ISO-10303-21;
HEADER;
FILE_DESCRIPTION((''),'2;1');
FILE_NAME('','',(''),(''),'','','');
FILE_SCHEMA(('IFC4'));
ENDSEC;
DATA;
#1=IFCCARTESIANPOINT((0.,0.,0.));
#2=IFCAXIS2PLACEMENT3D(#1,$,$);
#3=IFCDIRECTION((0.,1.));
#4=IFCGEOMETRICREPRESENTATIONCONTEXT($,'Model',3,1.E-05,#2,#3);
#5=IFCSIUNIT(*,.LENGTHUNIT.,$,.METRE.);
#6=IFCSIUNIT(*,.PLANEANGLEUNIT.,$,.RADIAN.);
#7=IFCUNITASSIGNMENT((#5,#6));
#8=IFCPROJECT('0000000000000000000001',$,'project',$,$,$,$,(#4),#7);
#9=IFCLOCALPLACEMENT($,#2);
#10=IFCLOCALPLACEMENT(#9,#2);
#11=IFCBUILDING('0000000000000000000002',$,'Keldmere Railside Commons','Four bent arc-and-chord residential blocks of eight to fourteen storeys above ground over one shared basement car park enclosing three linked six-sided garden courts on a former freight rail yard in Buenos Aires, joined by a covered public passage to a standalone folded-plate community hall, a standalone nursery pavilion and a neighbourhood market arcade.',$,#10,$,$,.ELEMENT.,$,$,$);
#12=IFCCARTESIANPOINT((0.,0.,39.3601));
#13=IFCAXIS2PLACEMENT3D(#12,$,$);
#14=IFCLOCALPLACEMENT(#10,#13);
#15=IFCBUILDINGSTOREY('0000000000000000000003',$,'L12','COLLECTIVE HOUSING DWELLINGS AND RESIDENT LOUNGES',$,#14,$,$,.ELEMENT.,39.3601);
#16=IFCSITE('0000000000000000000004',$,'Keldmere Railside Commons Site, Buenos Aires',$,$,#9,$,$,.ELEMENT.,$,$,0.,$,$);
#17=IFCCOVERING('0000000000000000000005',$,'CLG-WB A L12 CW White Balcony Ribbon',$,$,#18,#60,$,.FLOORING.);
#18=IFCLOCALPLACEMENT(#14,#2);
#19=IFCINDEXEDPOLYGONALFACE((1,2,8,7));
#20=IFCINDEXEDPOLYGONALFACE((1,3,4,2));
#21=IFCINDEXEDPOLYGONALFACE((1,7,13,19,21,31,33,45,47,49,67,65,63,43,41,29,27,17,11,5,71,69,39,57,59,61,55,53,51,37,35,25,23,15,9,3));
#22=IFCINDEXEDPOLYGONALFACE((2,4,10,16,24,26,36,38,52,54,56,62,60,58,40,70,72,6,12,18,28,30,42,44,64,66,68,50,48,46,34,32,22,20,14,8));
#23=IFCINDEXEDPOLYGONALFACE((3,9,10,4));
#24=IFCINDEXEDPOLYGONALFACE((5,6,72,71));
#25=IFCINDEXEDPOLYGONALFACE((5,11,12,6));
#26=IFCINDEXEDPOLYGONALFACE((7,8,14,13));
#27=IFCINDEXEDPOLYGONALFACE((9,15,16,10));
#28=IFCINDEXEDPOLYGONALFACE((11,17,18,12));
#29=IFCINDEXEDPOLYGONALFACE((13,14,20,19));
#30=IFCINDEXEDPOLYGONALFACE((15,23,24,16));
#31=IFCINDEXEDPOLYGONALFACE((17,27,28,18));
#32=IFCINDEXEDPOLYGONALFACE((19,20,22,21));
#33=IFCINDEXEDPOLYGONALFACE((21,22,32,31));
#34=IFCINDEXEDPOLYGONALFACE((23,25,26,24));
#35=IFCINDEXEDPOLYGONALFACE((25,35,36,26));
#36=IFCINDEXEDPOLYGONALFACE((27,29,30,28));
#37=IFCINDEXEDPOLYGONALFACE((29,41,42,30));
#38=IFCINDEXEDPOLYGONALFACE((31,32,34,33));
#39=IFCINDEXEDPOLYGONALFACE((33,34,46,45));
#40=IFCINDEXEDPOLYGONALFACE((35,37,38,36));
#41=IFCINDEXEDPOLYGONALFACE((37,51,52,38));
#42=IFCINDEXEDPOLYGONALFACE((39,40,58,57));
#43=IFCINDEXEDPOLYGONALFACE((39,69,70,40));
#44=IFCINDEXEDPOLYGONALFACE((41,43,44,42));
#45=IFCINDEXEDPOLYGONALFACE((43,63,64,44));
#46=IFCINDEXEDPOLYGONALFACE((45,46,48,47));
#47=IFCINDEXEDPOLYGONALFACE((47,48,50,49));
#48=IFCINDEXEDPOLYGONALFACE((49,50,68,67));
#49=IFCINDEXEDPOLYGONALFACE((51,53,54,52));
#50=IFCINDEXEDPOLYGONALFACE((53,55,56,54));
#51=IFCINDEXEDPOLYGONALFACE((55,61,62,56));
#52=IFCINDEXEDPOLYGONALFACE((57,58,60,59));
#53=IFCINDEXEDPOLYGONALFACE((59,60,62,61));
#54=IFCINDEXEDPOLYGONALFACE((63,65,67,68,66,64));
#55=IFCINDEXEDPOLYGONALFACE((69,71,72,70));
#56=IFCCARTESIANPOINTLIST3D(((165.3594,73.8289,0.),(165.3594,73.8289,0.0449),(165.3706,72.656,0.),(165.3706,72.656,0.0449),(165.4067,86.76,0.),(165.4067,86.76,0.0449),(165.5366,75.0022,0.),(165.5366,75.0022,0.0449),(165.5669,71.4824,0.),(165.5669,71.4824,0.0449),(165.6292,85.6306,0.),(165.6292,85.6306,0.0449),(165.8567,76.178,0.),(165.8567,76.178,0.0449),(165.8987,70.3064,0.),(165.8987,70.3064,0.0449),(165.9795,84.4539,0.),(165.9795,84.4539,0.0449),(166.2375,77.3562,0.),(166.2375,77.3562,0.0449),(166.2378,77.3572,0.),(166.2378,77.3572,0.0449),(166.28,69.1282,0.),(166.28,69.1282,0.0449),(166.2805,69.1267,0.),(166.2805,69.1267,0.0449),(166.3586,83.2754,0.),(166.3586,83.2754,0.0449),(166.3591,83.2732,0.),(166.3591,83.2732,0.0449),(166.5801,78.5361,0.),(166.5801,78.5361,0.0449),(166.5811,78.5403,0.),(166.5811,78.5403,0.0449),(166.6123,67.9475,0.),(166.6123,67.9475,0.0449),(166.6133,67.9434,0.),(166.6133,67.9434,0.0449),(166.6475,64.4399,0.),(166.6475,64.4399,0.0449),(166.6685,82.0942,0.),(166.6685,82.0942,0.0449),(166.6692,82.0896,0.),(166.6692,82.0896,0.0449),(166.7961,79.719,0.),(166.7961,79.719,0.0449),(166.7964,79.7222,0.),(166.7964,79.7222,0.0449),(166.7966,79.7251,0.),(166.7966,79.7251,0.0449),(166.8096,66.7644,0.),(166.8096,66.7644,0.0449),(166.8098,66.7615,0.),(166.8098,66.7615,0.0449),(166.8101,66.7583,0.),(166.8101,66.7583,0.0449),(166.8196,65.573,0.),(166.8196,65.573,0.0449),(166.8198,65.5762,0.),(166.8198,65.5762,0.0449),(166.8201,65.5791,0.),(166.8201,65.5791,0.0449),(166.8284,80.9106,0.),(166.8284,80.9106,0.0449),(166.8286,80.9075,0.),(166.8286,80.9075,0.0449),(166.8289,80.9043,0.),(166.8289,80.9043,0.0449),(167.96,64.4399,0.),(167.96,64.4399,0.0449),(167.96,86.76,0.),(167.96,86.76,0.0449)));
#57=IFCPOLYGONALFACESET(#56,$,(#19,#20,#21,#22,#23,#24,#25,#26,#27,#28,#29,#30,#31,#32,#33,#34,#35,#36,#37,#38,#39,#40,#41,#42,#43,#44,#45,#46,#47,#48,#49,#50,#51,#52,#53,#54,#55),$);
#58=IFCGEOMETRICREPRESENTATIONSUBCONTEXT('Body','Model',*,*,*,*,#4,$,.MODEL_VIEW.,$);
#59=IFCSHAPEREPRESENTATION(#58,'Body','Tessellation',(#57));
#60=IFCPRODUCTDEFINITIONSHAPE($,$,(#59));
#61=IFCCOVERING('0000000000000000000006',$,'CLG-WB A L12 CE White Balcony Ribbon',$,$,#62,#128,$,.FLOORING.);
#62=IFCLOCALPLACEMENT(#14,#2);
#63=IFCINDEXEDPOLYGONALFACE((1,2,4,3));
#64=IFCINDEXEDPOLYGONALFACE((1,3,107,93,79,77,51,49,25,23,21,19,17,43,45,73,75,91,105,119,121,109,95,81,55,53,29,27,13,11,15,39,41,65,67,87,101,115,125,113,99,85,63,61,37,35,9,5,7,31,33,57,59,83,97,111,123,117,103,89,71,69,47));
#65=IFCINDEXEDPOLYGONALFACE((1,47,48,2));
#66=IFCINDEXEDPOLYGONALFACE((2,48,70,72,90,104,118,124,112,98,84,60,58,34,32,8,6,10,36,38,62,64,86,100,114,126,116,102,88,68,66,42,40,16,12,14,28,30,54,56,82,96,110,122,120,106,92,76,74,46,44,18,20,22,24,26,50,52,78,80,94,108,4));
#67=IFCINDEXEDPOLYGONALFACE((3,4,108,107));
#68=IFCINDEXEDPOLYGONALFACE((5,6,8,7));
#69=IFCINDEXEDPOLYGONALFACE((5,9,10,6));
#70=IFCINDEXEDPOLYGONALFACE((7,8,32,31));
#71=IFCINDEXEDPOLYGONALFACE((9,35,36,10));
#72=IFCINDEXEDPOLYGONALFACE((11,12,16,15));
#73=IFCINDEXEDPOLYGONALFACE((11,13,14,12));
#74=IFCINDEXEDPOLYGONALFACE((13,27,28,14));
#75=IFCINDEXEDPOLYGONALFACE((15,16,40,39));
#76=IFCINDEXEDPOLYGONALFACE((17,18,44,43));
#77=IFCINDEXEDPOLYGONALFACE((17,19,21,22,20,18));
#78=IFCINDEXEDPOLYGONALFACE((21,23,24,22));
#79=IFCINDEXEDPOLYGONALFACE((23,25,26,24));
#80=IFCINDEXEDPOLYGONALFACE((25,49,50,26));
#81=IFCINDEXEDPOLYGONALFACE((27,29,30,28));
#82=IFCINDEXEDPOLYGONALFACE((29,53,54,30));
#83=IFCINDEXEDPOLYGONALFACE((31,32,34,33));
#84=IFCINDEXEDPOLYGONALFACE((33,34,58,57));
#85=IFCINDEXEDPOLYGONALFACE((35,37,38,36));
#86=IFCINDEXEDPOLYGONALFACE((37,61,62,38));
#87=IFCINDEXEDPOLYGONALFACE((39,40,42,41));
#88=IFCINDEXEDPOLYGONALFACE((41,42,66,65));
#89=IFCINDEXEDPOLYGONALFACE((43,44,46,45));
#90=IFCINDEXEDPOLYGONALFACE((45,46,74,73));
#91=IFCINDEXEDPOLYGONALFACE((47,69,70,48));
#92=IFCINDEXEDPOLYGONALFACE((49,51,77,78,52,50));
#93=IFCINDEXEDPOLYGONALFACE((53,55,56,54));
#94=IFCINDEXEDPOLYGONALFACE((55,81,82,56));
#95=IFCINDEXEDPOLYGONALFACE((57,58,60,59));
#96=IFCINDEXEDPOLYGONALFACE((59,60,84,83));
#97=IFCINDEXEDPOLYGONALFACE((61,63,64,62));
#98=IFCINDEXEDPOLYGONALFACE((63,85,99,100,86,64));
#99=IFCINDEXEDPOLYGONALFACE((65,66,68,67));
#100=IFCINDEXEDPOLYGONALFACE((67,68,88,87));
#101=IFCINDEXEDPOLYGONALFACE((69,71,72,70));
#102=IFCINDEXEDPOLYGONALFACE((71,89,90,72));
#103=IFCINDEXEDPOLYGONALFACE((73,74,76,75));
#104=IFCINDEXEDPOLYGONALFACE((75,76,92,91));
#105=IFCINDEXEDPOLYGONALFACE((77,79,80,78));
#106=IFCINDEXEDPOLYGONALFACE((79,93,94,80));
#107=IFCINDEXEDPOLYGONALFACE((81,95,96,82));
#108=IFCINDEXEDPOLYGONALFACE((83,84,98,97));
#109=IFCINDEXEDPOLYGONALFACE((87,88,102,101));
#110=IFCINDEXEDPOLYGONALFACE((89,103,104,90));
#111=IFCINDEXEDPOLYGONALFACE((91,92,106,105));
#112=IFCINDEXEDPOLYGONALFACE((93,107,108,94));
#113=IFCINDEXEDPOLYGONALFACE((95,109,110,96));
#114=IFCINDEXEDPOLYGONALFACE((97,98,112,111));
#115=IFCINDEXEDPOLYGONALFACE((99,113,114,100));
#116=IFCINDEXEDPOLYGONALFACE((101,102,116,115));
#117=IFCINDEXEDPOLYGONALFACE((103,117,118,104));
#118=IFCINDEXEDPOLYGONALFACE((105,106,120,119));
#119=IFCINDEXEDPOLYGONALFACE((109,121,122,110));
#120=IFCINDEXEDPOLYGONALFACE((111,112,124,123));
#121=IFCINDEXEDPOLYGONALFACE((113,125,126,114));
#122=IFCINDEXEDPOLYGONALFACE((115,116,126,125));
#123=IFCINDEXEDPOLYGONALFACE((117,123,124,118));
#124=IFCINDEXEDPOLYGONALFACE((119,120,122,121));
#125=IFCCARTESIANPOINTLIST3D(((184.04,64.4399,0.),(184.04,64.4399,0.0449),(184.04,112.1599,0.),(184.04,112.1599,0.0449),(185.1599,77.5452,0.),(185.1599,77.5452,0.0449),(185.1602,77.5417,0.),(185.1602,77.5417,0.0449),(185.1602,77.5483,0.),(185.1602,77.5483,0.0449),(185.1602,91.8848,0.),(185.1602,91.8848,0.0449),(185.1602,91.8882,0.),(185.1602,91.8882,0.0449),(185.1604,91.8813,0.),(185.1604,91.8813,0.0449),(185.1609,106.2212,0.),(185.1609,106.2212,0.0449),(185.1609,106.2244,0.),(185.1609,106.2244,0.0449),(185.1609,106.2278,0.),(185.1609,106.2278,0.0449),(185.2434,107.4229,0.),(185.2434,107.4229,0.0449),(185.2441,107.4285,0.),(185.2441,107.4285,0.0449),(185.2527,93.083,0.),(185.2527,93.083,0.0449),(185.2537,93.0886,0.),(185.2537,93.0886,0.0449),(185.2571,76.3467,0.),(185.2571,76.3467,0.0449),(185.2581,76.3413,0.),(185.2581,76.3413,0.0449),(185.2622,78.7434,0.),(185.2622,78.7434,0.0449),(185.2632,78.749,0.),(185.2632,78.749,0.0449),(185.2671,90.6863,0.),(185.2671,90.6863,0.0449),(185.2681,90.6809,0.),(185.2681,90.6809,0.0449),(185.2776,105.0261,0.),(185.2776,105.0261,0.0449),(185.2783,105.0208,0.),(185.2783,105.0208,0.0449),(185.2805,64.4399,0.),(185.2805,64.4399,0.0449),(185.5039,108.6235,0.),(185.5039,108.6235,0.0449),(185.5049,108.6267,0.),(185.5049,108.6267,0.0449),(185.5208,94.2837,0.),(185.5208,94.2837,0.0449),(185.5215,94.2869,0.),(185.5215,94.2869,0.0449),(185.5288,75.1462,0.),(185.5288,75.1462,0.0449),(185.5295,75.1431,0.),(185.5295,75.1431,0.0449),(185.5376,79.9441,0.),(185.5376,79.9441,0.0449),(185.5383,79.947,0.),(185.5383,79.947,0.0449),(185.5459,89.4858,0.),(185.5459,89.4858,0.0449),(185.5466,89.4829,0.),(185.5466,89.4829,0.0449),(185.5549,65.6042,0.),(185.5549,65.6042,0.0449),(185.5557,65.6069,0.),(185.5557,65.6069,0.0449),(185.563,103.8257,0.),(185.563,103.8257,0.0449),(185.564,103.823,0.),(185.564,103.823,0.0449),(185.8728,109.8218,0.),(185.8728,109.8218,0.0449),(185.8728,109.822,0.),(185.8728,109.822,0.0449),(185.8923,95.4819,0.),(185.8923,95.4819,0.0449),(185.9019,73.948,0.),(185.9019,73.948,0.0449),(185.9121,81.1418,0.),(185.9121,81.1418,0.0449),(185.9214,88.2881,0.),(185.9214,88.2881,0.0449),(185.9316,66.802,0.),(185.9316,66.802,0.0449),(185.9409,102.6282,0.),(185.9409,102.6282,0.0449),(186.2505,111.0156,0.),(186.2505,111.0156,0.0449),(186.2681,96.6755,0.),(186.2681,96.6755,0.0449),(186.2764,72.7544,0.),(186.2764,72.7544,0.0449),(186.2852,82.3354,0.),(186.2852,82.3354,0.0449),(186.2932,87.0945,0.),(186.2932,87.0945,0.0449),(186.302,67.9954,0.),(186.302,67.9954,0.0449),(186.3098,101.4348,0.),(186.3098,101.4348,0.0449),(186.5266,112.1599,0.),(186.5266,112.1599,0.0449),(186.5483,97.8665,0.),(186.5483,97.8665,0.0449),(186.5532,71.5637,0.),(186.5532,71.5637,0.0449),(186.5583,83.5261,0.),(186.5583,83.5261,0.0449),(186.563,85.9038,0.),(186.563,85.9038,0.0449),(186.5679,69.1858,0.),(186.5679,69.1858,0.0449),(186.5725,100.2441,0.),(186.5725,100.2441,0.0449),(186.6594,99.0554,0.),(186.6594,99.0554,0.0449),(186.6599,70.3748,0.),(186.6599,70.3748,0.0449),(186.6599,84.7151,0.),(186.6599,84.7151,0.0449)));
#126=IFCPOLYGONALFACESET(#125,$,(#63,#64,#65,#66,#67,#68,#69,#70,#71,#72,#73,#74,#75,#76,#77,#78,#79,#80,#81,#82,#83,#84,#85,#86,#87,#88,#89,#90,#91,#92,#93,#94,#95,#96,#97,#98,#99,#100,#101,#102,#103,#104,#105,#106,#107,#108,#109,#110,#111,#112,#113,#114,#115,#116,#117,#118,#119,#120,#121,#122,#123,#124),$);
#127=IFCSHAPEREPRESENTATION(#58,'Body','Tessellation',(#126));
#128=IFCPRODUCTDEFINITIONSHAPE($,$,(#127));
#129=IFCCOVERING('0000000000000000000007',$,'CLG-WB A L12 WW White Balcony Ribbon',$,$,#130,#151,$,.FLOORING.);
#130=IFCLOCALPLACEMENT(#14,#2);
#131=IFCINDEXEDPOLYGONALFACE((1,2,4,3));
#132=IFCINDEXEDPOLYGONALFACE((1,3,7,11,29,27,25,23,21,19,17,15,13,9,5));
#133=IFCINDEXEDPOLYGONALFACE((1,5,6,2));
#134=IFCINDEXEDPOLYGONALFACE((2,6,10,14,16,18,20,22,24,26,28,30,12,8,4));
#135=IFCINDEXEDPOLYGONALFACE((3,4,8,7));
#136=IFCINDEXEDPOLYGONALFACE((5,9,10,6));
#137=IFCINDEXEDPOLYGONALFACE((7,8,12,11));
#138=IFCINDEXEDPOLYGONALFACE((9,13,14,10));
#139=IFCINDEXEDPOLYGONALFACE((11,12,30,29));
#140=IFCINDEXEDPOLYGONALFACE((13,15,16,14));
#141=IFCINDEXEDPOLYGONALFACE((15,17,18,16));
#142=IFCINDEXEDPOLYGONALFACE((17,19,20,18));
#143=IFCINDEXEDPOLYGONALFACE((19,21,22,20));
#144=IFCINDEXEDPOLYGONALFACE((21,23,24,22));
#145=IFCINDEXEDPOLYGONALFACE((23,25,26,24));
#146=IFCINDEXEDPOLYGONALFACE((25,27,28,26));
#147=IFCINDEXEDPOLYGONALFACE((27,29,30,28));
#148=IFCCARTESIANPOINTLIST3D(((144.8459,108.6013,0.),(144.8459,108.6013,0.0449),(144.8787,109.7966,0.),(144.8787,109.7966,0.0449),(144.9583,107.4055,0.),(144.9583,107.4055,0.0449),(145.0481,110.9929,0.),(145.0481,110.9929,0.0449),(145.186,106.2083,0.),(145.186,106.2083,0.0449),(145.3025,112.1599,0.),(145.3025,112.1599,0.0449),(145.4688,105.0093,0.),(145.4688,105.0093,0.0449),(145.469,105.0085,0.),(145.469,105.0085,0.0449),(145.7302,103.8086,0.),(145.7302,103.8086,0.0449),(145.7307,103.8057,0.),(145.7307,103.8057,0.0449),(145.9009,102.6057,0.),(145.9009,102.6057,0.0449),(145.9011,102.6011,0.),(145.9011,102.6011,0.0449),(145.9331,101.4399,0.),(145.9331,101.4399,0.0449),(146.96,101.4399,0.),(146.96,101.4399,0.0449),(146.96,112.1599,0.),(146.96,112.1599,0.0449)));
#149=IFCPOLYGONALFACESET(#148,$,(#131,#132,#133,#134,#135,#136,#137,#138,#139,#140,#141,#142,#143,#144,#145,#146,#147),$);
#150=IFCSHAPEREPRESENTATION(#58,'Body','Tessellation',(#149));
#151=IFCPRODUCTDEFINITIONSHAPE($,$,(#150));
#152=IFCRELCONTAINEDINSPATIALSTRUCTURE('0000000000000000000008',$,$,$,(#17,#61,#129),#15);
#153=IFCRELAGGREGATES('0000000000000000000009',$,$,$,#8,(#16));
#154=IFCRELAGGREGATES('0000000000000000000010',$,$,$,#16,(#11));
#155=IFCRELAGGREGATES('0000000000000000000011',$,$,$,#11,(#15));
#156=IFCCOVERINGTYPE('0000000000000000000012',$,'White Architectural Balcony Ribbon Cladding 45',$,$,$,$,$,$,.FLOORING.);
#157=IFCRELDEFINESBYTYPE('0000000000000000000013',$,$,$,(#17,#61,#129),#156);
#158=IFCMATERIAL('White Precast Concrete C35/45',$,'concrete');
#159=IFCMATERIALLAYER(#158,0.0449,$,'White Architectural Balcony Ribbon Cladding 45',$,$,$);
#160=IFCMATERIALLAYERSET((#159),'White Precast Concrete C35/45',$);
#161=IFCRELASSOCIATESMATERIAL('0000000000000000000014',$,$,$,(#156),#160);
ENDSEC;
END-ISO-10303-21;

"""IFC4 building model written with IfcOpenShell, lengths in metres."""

from ifc_helpers import new_model, si_unit, direction, frame, origin, place, context, subcontext, project, spatial, polyline, outline, extrude, material, layer, layer_set, type_object, element, save


model = new_model("IFC4")

# Units and contexts
model_context = context("Model", 3, precision=1e-05, world=origin(), true_north=direction((0.0, 1.0)))
body_context = subcontext(model_context, "Body", "Model", "MODEL_VIEW")
ifc_project = project(units=[si_unit("LENGTHUNIT", "METRE"), si_unit("PLANEANGLEUNIT", "RADIAN")], contexts=[model_context])

# Site, building, storey
site_placement = place(None, origin())
site = spatial("IfcSite", under=ifc_project, at=site_placement, Name="Keldmere Railside Commons Site, Buenos Aires", CompositionType="ELEMENT", RefElevation=0.0)
building_placement = place(site_placement, origin())
building = spatial("IfcBuilding", under=site, at=building_placement, Name="Keldmere Railside Commons", Description="Four bent arc-and-chord residential blocks of eight to fourteen storeys above ground over one shared basement car park enclosing three linked six-sided garden courts on a former freight rail yard in Buenos Aires, joined by a covered public passage to a standalone folded-plate community hall, a standalone nursery pavilion and a neighbourhood market arcade.", CompositionType="ELEMENT")
storey_placement = place(building_placement, frame((0.0, 0.0, 39.3601)))
storey = spatial("IfcBuildingStorey", under=building, at=storey_placement, Name="L12", Description="COLLECTIVE HOUSING DWELLINGS AND RESIDENT LOUNGES", CompositionType="ELEMENT", Elevation=39.3601)

# Coverings
ifc_material_1 = material(Name="White Precast Concrete C35/45", Category="concrete")
ifc_layer_1 = layer(ifc_material_1, 0.0449, Name="White Architectural Balcony Ribbon Cladding 45")
ifc_layer_set_1 = layer_set([ifc_layer_1], Name="White Precast Concrete C35/45")
covering_type_1 = type_object("IfcCoveringType", Name="White Architectural Balcony Ribbon Cladding 45", PredefinedType="FLOORING", material=ifc_layer_set_1)
covering_1_placement = place(storey_placement, origin())
element("IfcCovering", 1, at=covering_1_placement, inside=storey, type_object=covering_type_1, Name="CLG-WB A L12 CW White Balcony Ribbon", PredefinedType="FLOORING", context=body_context, shape_type="SweptSolid", body=[
    extrude(outline(polyline([(167.96, 86.76), (165.4067, 86.76), (165.6292, 85.6306), (165.9795, 84.4539), (166.3586, 83.2754), (166.3591, 83.2732), (166.6685, 82.0942), (166.6692, 82.0896), (166.8284, 80.9106), (166.8286, 80.9075), (166.8289, 80.9043), (166.7966, 79.7251), (166.7964, 79.7222), (166.7961, 79.719), (166.5811, 78.5403), (166.5801, 78.5361), (166.2378, 77.3572), (166.2375, 77.3562), (165.8567, 76.178), (165.5366, 75.0022), (165.3594, 73.8289), (165.3706, 72.656), (165.5669, 71.4824), (165.8987, 70.3064), (166.28, 69.1282), (166.2805, 69.1267), (166.6123, 67.9475), (166.6133, 67.9434), (166.8096, 66.7644), (166.8098, 66.7615), (166.8101, 66.7583), (166.8201, 65.5791), (166.8198, 65.5762), (166.8196, 65.573), (166.6475, 64.4399), (167.96, 64.4399), (167.96, 86.76)])), origin(), (0.0, 0.0, 1.0), 0.0449),
])
covering_2_placement = place(storey_placement, origin())
element("IfcCovering", 2, at=covering_2_placement, inside=storey, type_object=covering_type_1, Name="CLG-WB A L12 CE White Balcony Ribbon", PredefinedType="FLOORING", context=body_context, shape_type="SweptSolid", body=[
    extrude(outline(polyline([(185.5549, 65.6042), (185.5557, 65.6069), (185.9316, 66.802), (186.302, 67.9954), (186.5679, 69.1858), (186.6599, 70.3748), (186.5532, 71.5637), (186.2764, 72.7544), (185.9019, 73.948), (185.9019, 73.948), (185.5295, 75.1431), (185.5288, 75.1462), (185.2581, 76.3413), (185.2571, 76.3467), (185.1602, 77.5417), (185.1599, 77.5452), (185.1602, 77.5483), (185.2622, 78.7434), (185.2632, 78.749), (185.5376, 79.9441), (185.5383, 79.947), (185.9121, 81.1418), (186.2852, 82.3354), (186.5583, 83.5261), (186.6599, 84.7151), (186.563, 85.9038), (186.2932, 87.0945), (185.9214, 88.2881), (185.5466, 89.4829), (185.5459, 89.4858), (185.2681, 90.6809), (185.2671, 90.6863), (185.1604, 91.8813), (185.1602, 91.8848), (185.1602, 91.8882), (185.2527, 93.083), (185.2537, 93.0886), (185.5208, 94.2837), (185.5215, 94.2869), (185.8923, 95.4819), (185.8923, 95.4819), (186.2681, 96.6755), (186.5483, 97.8665), (186.6594, 99.0554), (186.5725, 100.2441), (186.3098, 101.4348), (185.9409, 102.6282), (185.564, 103.823), (185.563, 103.8257), (185.2783, 105.0208), (185.2776, 105.0261), (185.1609, 106.2212), (185.1609, 106.2244), (185.1609, 106.2278), (185.2434, 107.4229), (185.2441, 107.4285), (185.5039, 108.6235), (185.5049, 108.6267), (185.8728, 109.8218), (185.8728, 109.822), (186.2505, 111.0156), (186.5266, 112.1599), (184.04, 112.1599), (184.04, 64.4399), (185.2805, 64.4399), (185.5549, 65.6042)])), origin(), (0.0, 0.0, 1.0), 0.0449),
])
covering_3_placement = place(storey_placement, origin())
element("IfcCovering", 3, at=covering_3_placement, inside=storey, type_object=covering_type_1, Name="CLG-WB A L12 WW White Balcony Ribbon", PredefinedType="FLOORING", context=body_context, shape_type="SweptSolid", body=[
    extrude(outline(polyline([(146.96, 112.1599), (145.3025, 112.1599), (145.0481, 110.9929), (144.8787, 109.7966), (144.8459, 108.6013), (144.9583, 107.4055), (145.186, 106.2083), (145.4688, 105.0093), (145.469, 105.0085), (145.7302, 103.8086), (145.7307, 103.8057), (145.9009, 102.6057), (145.9011, 102.6011), (145.9331, 101.4399), (146.96, 101.4399), (146.96, 112.1599)])), origin(), (0.0, 0.0, 1.0), 0.0449),
])

save(model, "model.ifc")
